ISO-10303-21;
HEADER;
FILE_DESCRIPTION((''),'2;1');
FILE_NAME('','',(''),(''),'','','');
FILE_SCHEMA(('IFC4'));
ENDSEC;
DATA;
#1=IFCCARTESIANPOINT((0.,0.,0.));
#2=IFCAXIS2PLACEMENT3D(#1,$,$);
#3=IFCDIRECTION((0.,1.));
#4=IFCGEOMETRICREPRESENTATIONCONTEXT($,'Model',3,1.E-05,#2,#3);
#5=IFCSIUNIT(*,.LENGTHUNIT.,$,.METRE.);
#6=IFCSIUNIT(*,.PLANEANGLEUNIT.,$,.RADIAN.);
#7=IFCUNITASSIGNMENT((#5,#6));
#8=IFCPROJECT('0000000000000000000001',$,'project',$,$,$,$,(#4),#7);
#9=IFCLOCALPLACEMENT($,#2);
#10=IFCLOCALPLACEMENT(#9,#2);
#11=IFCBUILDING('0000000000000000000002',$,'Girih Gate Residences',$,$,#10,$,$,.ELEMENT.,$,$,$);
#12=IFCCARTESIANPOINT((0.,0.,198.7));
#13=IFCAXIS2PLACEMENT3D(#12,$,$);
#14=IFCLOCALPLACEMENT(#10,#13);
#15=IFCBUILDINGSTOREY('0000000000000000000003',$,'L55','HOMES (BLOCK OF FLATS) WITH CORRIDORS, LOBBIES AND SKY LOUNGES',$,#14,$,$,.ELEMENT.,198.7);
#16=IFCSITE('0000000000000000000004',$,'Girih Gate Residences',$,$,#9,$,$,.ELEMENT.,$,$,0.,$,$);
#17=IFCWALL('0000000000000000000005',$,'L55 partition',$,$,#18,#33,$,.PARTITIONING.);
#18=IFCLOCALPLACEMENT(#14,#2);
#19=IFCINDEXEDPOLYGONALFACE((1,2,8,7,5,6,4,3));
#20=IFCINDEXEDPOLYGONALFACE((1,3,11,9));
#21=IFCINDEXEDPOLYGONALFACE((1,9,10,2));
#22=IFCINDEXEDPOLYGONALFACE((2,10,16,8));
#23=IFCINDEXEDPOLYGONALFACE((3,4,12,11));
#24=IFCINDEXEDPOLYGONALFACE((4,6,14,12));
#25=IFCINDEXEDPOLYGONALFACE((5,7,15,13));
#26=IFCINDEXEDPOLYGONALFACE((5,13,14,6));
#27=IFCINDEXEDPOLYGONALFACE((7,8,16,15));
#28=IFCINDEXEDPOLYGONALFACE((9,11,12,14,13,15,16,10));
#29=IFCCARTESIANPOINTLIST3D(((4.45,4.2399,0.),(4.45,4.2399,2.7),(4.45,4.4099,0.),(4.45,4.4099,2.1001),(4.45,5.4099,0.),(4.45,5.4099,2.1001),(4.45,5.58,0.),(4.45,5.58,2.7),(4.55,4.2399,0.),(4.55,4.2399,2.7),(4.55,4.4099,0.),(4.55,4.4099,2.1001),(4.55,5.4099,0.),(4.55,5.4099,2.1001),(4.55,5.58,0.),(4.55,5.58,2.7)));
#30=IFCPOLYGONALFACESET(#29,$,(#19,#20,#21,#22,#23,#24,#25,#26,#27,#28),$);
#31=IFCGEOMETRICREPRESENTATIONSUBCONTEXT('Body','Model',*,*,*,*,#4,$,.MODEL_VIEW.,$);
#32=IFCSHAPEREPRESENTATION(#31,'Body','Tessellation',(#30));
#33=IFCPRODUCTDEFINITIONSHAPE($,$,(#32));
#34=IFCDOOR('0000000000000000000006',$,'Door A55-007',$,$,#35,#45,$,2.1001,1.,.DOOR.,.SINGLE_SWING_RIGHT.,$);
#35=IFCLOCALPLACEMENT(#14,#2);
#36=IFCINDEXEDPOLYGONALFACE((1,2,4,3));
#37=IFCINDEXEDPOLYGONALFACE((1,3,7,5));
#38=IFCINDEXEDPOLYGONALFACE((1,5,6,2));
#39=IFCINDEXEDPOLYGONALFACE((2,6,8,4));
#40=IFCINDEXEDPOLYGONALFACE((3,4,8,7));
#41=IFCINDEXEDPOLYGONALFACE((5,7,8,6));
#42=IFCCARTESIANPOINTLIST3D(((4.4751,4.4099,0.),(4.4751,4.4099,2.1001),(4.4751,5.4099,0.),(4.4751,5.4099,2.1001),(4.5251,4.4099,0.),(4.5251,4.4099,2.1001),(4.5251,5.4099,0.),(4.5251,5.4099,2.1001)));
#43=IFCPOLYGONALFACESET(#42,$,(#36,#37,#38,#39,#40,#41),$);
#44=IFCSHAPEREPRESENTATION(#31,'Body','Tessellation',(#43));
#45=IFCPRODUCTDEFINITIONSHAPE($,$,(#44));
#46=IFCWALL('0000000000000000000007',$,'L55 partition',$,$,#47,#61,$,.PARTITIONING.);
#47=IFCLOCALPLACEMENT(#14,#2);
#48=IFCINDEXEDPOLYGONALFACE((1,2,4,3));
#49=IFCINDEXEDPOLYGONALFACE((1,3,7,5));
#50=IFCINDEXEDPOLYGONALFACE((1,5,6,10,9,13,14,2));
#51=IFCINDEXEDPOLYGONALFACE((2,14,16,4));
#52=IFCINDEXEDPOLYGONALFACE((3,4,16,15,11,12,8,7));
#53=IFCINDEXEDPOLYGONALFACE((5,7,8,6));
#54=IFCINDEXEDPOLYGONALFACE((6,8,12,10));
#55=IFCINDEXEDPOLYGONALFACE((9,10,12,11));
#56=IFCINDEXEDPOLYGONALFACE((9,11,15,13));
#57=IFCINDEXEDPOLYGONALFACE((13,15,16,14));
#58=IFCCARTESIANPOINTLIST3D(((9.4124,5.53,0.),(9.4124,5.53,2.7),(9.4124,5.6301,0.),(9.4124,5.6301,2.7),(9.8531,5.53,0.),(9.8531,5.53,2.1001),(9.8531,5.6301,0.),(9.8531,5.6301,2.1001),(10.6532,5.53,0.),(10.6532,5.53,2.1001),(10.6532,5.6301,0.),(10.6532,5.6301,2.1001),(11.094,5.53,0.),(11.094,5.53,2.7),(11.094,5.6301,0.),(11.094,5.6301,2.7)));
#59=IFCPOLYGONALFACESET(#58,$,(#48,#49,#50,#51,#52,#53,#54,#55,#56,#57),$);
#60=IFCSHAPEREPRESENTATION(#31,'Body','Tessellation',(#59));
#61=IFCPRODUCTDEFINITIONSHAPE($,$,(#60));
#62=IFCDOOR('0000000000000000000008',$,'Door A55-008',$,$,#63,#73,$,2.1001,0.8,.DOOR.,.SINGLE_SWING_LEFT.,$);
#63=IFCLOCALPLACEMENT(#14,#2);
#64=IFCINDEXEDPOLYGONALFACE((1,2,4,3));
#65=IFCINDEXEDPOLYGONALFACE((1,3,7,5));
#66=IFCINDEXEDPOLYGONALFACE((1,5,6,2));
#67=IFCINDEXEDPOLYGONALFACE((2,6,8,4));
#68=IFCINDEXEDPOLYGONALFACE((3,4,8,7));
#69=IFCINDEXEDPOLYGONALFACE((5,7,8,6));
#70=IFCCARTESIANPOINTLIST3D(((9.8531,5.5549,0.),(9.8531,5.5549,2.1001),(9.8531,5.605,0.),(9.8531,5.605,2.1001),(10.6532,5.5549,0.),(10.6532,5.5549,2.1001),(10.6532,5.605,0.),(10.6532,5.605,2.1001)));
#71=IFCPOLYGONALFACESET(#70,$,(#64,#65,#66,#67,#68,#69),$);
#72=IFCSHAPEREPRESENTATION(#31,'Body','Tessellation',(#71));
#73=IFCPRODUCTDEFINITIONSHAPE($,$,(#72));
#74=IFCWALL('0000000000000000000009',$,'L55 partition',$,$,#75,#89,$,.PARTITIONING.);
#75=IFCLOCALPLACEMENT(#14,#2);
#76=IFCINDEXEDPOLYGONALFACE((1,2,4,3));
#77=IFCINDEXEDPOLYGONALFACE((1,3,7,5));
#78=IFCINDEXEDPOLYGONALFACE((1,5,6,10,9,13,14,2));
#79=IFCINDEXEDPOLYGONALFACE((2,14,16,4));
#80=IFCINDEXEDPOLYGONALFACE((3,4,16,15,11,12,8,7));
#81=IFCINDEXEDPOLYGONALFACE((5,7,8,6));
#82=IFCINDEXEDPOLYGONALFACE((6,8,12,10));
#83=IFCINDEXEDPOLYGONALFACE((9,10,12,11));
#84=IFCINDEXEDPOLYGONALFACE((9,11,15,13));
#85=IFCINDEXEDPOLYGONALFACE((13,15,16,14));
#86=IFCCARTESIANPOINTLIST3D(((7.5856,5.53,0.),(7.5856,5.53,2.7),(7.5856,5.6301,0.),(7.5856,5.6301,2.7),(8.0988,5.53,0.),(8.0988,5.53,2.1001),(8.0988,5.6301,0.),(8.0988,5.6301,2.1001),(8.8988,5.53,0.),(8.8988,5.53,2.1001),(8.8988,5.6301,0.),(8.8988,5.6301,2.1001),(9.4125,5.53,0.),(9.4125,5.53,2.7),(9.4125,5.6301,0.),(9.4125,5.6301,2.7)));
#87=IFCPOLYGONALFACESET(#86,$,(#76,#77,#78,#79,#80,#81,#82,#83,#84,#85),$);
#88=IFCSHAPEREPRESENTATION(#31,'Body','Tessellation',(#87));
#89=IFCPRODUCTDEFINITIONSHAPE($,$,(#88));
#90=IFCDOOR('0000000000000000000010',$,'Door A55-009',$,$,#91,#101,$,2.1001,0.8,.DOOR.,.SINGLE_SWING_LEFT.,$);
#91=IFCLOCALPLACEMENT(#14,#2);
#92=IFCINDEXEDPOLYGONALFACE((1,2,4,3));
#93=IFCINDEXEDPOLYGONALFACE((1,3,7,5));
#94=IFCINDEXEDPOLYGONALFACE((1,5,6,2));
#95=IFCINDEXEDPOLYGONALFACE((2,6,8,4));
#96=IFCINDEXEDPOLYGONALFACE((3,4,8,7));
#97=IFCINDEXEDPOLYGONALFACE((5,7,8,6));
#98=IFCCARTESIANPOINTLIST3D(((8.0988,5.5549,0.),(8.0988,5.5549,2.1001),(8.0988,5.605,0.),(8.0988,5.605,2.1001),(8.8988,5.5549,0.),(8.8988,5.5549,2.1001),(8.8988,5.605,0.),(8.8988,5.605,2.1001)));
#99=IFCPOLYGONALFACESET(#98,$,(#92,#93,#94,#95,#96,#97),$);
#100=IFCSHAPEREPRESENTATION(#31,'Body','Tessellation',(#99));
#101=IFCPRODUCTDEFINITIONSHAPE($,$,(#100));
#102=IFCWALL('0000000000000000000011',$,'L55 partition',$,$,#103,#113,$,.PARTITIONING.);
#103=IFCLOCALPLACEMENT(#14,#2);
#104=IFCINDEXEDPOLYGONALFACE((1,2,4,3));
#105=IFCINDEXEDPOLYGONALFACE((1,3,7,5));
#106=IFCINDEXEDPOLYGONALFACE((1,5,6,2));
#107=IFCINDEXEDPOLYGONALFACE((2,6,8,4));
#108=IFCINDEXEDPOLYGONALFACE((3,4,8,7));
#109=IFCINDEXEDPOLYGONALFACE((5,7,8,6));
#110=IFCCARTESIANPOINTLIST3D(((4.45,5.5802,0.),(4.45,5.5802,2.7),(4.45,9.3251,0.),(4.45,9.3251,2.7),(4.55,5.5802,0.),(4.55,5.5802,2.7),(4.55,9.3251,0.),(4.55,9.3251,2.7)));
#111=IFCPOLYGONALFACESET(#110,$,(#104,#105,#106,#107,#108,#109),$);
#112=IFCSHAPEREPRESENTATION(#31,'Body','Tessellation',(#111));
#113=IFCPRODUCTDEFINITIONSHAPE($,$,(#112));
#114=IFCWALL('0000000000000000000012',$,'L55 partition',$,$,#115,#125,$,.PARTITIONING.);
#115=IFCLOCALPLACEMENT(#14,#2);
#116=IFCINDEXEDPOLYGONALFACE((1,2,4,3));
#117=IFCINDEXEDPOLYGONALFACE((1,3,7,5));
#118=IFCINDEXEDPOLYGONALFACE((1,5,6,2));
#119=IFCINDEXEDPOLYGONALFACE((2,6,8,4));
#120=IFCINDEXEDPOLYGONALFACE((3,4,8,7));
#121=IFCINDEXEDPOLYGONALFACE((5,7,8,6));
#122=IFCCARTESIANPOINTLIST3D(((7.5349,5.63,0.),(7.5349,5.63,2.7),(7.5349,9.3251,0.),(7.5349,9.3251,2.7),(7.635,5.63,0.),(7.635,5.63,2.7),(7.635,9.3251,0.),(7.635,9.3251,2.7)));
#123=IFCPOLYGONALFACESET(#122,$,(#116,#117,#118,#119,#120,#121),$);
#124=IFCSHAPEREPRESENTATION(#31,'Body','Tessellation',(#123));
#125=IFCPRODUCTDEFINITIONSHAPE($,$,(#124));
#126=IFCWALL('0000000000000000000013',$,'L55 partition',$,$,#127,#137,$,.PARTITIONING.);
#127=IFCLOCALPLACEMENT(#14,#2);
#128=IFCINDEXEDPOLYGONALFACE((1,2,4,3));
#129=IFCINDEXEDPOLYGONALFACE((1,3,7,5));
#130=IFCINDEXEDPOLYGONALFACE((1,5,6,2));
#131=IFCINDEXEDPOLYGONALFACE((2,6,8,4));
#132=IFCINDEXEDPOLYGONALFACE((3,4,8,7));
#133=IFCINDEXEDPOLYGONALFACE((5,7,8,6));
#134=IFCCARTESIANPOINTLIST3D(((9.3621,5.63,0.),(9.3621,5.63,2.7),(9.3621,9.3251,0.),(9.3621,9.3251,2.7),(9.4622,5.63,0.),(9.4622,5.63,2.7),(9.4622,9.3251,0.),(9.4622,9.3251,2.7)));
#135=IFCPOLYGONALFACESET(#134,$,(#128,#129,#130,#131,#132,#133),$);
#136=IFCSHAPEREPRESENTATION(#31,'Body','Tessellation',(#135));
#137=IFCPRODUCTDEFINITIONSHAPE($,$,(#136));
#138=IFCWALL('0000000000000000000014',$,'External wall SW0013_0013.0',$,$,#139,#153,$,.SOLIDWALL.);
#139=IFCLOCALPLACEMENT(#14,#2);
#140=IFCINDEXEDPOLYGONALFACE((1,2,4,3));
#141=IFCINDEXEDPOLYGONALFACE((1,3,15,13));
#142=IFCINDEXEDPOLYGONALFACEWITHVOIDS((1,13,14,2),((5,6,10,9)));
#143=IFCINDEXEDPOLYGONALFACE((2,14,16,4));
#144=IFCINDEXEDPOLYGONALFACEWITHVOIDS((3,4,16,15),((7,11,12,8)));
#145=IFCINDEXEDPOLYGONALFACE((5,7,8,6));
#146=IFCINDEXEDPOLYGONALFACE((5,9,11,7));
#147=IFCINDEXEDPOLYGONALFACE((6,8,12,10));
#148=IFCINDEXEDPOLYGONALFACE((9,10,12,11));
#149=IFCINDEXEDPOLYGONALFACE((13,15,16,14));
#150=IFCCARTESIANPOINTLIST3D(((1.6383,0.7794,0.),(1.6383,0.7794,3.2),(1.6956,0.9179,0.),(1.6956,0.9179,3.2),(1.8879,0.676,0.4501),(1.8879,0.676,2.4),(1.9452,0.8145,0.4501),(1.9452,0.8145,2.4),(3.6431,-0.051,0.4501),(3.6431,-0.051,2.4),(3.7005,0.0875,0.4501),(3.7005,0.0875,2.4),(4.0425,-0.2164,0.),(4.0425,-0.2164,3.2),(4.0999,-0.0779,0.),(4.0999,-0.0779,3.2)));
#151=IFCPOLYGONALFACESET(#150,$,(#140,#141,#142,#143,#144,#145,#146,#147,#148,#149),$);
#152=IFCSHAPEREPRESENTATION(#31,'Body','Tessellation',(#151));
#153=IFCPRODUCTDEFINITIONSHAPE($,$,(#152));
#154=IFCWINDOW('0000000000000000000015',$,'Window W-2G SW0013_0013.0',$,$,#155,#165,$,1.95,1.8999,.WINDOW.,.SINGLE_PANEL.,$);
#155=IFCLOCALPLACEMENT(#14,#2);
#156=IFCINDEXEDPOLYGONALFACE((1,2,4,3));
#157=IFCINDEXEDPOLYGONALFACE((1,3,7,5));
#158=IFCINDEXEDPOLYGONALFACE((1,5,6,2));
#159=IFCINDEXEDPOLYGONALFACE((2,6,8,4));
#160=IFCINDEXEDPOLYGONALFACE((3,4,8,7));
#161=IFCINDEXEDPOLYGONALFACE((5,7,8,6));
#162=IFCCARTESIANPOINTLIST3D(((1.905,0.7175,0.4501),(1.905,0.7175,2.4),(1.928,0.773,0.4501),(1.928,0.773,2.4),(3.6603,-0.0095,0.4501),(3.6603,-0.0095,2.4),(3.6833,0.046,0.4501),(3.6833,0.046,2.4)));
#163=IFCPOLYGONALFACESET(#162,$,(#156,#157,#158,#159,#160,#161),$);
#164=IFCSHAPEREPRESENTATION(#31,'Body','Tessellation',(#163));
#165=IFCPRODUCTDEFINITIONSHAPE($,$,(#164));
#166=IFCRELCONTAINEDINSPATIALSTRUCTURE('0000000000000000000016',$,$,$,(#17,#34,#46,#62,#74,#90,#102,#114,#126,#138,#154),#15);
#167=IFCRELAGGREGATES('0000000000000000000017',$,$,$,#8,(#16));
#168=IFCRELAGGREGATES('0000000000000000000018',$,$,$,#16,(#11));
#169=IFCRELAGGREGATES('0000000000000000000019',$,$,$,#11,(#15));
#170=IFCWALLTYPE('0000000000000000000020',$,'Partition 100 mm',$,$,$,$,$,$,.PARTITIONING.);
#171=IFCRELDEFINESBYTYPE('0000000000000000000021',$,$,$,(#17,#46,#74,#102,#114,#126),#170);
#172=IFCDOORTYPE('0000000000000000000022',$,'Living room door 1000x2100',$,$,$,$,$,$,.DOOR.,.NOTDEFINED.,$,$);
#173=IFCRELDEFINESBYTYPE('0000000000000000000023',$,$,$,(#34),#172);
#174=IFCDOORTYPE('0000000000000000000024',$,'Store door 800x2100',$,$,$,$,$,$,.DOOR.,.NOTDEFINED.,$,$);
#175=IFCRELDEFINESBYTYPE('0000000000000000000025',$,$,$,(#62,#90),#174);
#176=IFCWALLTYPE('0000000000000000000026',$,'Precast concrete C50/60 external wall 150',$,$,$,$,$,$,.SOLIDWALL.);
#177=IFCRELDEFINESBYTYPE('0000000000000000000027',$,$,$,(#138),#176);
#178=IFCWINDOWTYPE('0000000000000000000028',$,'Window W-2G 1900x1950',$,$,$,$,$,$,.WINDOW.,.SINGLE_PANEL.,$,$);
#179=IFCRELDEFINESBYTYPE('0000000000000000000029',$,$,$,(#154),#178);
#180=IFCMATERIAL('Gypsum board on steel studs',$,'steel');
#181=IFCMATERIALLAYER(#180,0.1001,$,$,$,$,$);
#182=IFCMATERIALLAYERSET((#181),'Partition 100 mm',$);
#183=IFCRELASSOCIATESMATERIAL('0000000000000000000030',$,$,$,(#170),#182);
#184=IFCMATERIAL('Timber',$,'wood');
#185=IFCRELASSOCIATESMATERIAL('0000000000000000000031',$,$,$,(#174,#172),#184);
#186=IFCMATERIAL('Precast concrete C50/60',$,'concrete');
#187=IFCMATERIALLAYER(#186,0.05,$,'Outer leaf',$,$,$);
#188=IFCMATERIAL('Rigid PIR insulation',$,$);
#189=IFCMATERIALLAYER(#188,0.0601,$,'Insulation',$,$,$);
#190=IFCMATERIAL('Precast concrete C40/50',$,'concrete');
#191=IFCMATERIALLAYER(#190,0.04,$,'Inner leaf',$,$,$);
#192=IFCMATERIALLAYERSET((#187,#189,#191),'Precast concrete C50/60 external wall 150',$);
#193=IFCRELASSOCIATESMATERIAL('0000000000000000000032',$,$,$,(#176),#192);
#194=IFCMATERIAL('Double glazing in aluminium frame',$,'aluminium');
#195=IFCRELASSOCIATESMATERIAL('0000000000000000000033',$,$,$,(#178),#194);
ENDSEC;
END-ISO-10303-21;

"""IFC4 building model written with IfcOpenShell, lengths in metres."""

from ifc_helpers import new_model, si_unit, direction, frame, frame_2d, origin, place, context, subcontext, project, spatial, rectangle, extrude, material, layer, layer_set, type_object, element, fill, save


model = new_model("IFC4")

# Units and contexts
model_context = context("Model", 3, precision=1e-05, world=origin(), true_north=direction((0.0, 1.0)))
body_context = subcontext(model_context, "Body", "Model", "MODEL_VIEW")
ifc_project = project(units=[si_unit("LENGTHUNIT", "METRE"), si_unit("PLANEANGLEUNIT", "RADIAN")], contexts=[model_context])

# Site, building, storey
site_placement = place(None, origin())
site = spatial("IfcSite", under=ifc_project, at=site_placement, Name="Girih Gate Residences", CompositionType="ELEMENT", RefElevation=0.0)
building_placement = place(site_placement, origin())
building = spatial("IfcBuilding", under=site, at=building_placement, Name="Girih Gate Residences", CompositionType="ELEMENT")
storey_placement = place(building_placement, frame((0.0, 0.0, 198.7)))
storey = spatial("IfcBuildingStorey", under=building, at=storey_placement, Name="L55", Description="HOMES (BLOCK OF FLATS) WITH CORRIDORS, LOBBIES AND SKY LOUNGES", CompositionType="ELEMENT", Elevation=198.7)

# Shared definitions
ifc_material_1 = material(Name="Gypsum board on steel studs", Category="steel")
ifc_layer_1 = layer(ifc_material_1, 0.1001)
ifc_layer_set_1 = layer_set([ifc_layer_1], Name="Partition 100 mm")
wall_type_1 = type_object("IfcWallType", Name="Partition 100 mm", PredefinedType="PARTITIONING", material=ifc_layer_set_1)

# Shared definitions
ifc_material_2 = material(Name="Timber", Category="wood")

# Walls, openings, doors
door_type_1 = type_object("IfcDoorType", Name="Store door 800x2100", OperationType="NOTDEFINED", PredefinedType="DOOR", material=ifc_material_2)
wall_1_placement = place(storey_placement, frame((4.5, 4.24, 0.0), z_axis=(0.0, 0.0, 1.0), x_axis=(0.0, 1.0, 0.0)))
wall_1 = element("IfcWall", 1, at=wall_1_placement, inside=storey, type_object=wall_type_1, Name="L55 partition", PredefinedType="PARTITIONING", context=body_context, shape_type="SweptSolid", body=[
    extrude(rectangle(XDim=1.3401, YDim=0.1001, at=frame_2d((0.6699, 0.0))), origin(), (0.0, 0.0, 1.0), 2.7),
])
opening_1_placement = place(wall_1_placement, frame((0.1699, 0.0, 0.0)))
opening_1 = element("IfcOpeningElement", 2, at=opening_1_placement, cuts=wall_1, PredefinedType="OPENING", context=body_context, shape_type="SweptSolid", body=[
    extrude(rectangle(XDim=1.0, YDim=2.1001, at=frame_2d((0.5, 1.05))), frame((0.0, 0.0601, 0.0), z_axis=(0.0, -1.0, 0.0), x_axis=(1.0, 0.0, 0.0)), (0.0, 0.0, 1.0), 0.1201),
])
door_type_2 = type_object("IfcDoorType", Name="Living room door 1000x2100", OperationType="NOTDEFINED", PredefinedType="DOOR", material=ifc_material_2)
door_1_placement = place(opening_1_placement, origin())
door_1 = element("IfcDoor", 3, at=door_1_placement, inside=storey, type_object=door_type_2, Name="Door A55-007", OperationType="SINGLE_SWING_RIGHT", OverallHeight=2.1001, OverallWidth=1.0, PredefinedType="DOOR", context=body_context, shape_type="SweptSolid", body=[
    extrude(rectangle(XDim=1.0, YDim=2.1001, at=frame_2d((0.5, 1.05))), frame((0.0, 0.0249, 0.0), z_axis=(0.0, -1.0, 0.0), x_axis=(1.0, 0.0, 0.0)), (0.0, 0.0, 1.0), 0.05),
])
fill(opening_1, door_1)
wall_2_placement = place(storey_placement, frame((9.4124, 5.5801, 0.0), z_axis=(0.0, 0.0, 1.0), x_axis=(1.0, 0.0, 0.0)))
wall_2 = element("IfcWall", 4, at=wall_2_placement, inside=storey, type_object=wall_type_1, Name="L55 partition", PredefinedType="PARTITIONING", context=body_context, shape_type="SweptSolid", body=[
    extrude(rectangle(XDim=1.6816, YDim=0.1001, at=frame_2d((0.8408, 0.0))), origin(), (0.0, 0.0, 1.0), 2.7),
])
opening_2_placement = place(wall_2_placement, frame((0.4409, 0.0, 0.0)))
opening_2 = element("IfcOpeningElement", 5, at=opening_2_placement, cuts=wall_2, PredefinedType="OPENING", context=body_context, shape_type="SweptSolid", body=[
    extrude(rectangle(XDim=0.8, YDim=2.1001, at=frame_2d((0.3999, 1.05))), frame((0.0, 0.0601, 0.0), z_axis=(0.0, -1.0, 0.0), x_axis=(1.0, 0.0, 0.0)), (0.0, 0.0, 1.0), 0.1201),
])
door_2_placement = place(opening_2_placement, origin())
door_2 = element("IfcDoor", 6, at=door_2_placement, inside=storey, type_object=door_type_1, Name="Door A55-008", OperationType="SINGLE_SWING_LEFT", OverallHeight=2.1001, OverallWidth=0.8, PredefinedType="DOOR", context=body_context, shape_type="SweptSolid", body=[
    extrude(rectangle(XDim=0.8, YDim=2.1001, at=frame_2d((0.3999, 1.05))), frame((0.0, 0.0249, 0.0), z_axis=(0.0, -1.0, 0.0), x_axis=(1.0, 0.0, 0.0)), (0.0, 0.0, 1.0), 0.05),
])
fill(opening_2, door_2)
wall_3_placement = place(storey_placement, frame((7.5854, 5.5801, 0.0), z_axis=(0.0, 0.0, 1.0), x_axis=(1.0, 0.0, 0.0)))
wall_3 = element("IfcWall", 7, at=wall_3_placement, inside=storey, type_object=wall_type_1, Name="L55 partition", PredefinedType="PARTITIONING", context=body_context, shape_type="SweptSolid", body=[
    extrude(rectangle(XDim=1.8269, YDim=0.1001, at=frame_2d((0.9136, 0.0))), origin(), (0.0, 0.0, 1.0), 2.7),
])
opening_3_placement = place(wall_3_placement, frame((0.5134, 0.0, 0.0)))
opening_3 = element("IfcOpeningElement", 8, at=opening_3_placement, cuts=wall_3, PredefinedType="OPENING", context=body_context, shape_type="SweptSolid", body=[
    extrude(rectangle(XDim=0.8, YDim=2.1001, at=frame_2d((0.3999, 1.05))), frame((0.0, 0.0601, 0.0), z_axis=(0.0, -1.0, 0.0), x_axis=(1.0, 0.0, 0.0)), (0.0, 0.0, 1.0), 0.1201),
])
door_3_placement = place(opening_3_placement, origin())
door_3 = element("IfcDoor", 9, at=door_3_placement, inside=storey, type_object=door_type_1, Name="Door A55-009", OperationType="SINGLE_SWING_LEFT", OverallHeight=2.1001, OverallWidth=0.8, PredefinedType="DOOR", context=body_context, shape_type="SweptSolid", body=[
    extrude(rectangle(XDim=0.8, YDim=2.1001, at=frame_2d((0.3999, 1.05))), frame((0.0, 0.0249, 0.0), z_axis=(0.0, -1.0, 0.0), x_axis=(1.0, 0.0, 0.0)), (0.0, 0.0, 1.0), 0.05),
])
fill(opening_3, door_3)

# Walls
wall_4_placement = place(storey_placement, frame((4.5, 5.5801, 0.0), z_axis=(0.0, 0.0, 1.0), x_axis=(0.0, 1.0, 0.0)))
element("IfcWall", 10, at=wall_4_placement, inside=storey, type_object=wall_type_1, Name="L55 partition", PredefinedType="PARTITIONING", context=body_context, shape_type="SweptSolid", body=[
    extrude(rectangle(XDim=3.7449, YDim=0.1001, at=frame_2d((1.8726, 0.0))), origin(), (0.0, 0.0, 1.0), 2.7),
])
for number, where, z_axis, x_axis, name in (
    (11, (7.585, 5.6299, 0.0), (0.0, 0.0, 1.0), (0.0, 1.0, 0.0), "L55 partition"),
    (12, (9.4121, 5.6299, 0.0), (0.0, 0.0, 1.0), (0.0, 1.0, 0.0), "L55 partition"),
):
    element("IfcWall", number, at=place(storey_placement, frame(where, z_axis=z_axis, x_axis=x_axis)), inside=storey, type_object=wall_type_1, Name=name, PredefinedType="PARTITIONING", context=body_context, shape_type="SweptSolid", body=[
        extrude(rectangle(XDim=3.6951, YDim=0.1001, at=frame_2d((1.8477, 0.0))), origin(), (0.0, 0.0, 1.0), 2.7),
    ])

# Wall, opening, window
ifc_material_3 = material(Name="Precast concrete C50/60", Category="concrete")
ifc_layer_2 = layer(ifc_material_3, 0.05, Name="Outer leaf")
ifc_material_4 = material(Name="Rigid PIR insulation")
ifc_layer_3 = layer(ifc_material_4, 0.0601, Name="Insulation")
ifc_material_5 = material(Name="Precast concrete C40/50", Category="concrete")
ifc_layer_4 = layer(ifc_material_5, 0.04, Name="Inner leaf")
ifc_layer_set_2 = layer_set([ifc_layer_2, ifc_layer_3, ifc_layer_4], Name="Precast concrete C50/60 external wall 150")
wall_type_2 = type_object("IfcWallType", Name="Precast concrete C50/60 external wall 150", PredefinedType="SOLIDWALL", material=ifc_layer_set_2)
wall_5_placement = place(storey_placement, frame((4.0713, -0.1472, 0.0), z_axis=(0.0, 0.0, 1.0), x_axis=(-0.923885, 0.382669, 0.0)))
wall_5 = element("IfcWall", 13, at=wall_5_placement, inside=storey, type_object=wall_type_2, Name="External wall SW0013_0013.0", PredefinedType="SOLIDWALL", context=body_context, shape_type="SweptSolid", body=[
    extrude(rectangle(XDim=2.6023, YDim=0.1499, at=frame_2d((1.3013, 0.0))), origin(), (0.0, 0.0, 1.0), 3.2),
])
opening_4_placement = place(wall_5_placement, frame((0.4324, 0.0, 0.45)))
opening_4 = element("IfcOpeningElement", 14, at=opening_4_placement, cuts=wall_5, PredefinedType="OPENING", context=body_context, shape_type="SweptSolid", body=[
    extrude(rectangle(XDim=1.8999, YDim=1.95, at=frame_2d((0.95, 0.9751))), frame((0.0, 0.085, 0.0), z_axis=(0.0, -1.0, 0.0), x_axis=(1.0, 0.0, 0.0)), (0.0, 0.0, 1.0), 0.1699),
])
ifc_material_6 = material(Name="Double glazing in aluminium frame", Category="aluminium")
window_type_1 = type_object("IfcWindowType", Name="Window W-2G 1900x1950", PartitioningType="SINGLE_PANEL", PredefinedType="WINDOW", material=ifc_material_6)
window_1_placement = place(opening_4_placement, origin())
window_1 = element("IfcWindow", 15, at=window_1_placement, inside=storey, type_object=window_type_1, Name="Window W-2G SW0013_0013.0", OverallHeight=1.95, OverallWidth=1.8999, PartitioningType="SINGLE_PANEL", PredefinedType="WINDOW", context=body_context, shape_type="SweptSolid", body=[
    extrude(rectangle(XDim=1.8999, YDim=1.95, at=frame_2d((0.95, 0.9751))), frame((0.0, 0.03, 0.0), z_axis=(0.0, -1.0, 0.0), x_axis=(1.0, 0.0, 0.0)), (0.0, 0.0, 1.0), 0.0601),
])
fill(opening_4, window_1)

save(model, "model.ifc")
